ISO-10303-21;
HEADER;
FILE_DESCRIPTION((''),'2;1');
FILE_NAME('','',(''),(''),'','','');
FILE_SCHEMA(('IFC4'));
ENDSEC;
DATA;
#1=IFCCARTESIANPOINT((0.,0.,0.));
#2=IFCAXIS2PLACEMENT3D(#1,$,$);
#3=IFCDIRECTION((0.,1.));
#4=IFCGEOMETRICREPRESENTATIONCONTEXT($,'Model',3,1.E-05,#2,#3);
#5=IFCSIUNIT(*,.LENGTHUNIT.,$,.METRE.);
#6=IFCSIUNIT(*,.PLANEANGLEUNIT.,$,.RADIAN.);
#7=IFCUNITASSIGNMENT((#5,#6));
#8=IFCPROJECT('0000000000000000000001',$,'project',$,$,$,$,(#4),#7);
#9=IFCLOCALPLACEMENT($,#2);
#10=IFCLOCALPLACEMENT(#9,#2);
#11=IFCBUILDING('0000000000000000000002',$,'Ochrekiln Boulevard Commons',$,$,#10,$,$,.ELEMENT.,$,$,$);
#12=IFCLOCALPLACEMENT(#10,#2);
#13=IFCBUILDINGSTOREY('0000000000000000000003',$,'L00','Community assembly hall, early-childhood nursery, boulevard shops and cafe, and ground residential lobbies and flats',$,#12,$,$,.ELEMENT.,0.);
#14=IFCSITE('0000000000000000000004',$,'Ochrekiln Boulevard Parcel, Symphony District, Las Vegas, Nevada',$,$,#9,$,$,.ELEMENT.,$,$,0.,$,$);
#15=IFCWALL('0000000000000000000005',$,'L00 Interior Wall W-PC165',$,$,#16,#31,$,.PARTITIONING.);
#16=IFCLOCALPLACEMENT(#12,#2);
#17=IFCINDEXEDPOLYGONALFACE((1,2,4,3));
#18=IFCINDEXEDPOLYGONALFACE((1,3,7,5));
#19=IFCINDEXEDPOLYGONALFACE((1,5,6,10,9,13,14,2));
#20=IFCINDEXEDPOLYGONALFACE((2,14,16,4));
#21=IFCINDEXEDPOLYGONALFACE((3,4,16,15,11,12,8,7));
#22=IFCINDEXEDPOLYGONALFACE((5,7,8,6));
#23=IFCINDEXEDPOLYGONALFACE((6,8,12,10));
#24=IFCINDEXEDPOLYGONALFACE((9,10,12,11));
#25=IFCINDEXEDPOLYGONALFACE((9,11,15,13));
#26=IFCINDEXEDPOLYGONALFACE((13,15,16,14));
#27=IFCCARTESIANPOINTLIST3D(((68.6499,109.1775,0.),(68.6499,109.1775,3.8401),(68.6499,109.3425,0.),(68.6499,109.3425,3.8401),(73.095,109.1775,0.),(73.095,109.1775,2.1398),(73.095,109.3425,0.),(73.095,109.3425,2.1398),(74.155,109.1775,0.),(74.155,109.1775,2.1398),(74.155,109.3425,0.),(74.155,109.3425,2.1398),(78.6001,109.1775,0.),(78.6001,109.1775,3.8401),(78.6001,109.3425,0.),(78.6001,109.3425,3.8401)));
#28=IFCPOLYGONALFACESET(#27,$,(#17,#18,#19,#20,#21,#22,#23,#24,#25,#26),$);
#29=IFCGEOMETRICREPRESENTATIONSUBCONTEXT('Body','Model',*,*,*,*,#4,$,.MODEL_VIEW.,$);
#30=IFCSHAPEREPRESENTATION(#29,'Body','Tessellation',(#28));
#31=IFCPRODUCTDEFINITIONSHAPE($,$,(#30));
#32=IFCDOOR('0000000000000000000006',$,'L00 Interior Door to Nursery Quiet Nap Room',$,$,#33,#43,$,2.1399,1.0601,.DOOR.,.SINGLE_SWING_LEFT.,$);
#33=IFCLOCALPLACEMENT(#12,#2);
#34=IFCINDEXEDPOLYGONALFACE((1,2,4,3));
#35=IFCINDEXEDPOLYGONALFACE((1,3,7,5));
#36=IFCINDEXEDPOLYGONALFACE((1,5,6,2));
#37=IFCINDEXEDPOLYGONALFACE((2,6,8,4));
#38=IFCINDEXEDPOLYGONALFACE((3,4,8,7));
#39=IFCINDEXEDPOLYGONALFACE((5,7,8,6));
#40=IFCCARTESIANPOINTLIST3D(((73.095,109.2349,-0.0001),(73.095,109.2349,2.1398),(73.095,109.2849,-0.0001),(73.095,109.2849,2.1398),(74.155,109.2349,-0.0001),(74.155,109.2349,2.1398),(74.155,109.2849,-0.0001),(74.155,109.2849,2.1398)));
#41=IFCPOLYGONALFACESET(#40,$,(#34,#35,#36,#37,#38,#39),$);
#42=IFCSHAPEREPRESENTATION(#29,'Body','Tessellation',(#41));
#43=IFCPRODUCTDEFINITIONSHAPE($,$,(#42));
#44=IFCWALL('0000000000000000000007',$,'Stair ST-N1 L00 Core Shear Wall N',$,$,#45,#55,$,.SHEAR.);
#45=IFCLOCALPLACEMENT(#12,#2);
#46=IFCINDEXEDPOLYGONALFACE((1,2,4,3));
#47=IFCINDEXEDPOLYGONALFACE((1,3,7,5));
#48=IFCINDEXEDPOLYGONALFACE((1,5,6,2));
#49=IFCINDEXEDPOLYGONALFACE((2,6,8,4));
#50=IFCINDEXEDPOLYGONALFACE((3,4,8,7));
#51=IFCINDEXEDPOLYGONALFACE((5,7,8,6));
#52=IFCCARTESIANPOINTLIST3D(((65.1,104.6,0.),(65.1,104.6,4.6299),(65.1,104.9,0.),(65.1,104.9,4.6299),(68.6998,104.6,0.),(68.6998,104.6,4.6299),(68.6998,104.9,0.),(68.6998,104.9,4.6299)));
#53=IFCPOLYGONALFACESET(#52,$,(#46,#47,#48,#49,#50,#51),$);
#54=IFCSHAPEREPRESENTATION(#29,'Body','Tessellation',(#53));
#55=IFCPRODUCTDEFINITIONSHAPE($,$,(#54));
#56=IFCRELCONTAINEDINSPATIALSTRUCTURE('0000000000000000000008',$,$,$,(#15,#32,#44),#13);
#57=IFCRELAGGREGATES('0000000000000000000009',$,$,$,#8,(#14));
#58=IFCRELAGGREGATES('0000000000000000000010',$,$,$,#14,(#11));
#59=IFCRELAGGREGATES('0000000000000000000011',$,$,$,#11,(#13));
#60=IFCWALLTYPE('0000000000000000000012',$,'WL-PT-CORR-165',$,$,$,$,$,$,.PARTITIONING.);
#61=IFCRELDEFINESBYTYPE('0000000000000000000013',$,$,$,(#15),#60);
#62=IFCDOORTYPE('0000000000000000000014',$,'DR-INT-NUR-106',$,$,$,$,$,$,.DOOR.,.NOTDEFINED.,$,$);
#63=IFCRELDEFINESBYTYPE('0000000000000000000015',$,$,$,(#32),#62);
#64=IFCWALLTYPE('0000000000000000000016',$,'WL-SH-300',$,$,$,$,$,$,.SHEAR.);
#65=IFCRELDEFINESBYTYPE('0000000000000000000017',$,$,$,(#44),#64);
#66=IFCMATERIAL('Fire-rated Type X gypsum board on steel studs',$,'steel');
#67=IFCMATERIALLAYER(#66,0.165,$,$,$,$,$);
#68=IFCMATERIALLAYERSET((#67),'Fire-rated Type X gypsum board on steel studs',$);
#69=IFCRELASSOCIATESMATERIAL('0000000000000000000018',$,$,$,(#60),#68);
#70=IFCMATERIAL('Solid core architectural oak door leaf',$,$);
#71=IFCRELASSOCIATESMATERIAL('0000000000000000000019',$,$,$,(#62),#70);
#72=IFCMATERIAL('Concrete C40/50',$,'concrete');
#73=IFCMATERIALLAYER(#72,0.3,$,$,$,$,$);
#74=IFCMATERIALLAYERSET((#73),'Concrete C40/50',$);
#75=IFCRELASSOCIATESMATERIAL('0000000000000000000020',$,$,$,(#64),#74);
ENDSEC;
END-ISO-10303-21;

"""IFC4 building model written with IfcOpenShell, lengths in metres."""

from ifc_helpers import new_model, si_unit, direction, frame, frame_2d, origin, place, context, subcontext, project, spatial, rectangle, extrude, material, layer, layer_set, type_object, element, fill, save


model = new_model("IFC4")

# Units and contexts
model_context = context("Model", 3, precision=1e-05, world=origin(), true_north=direction((0.0, 1.0)))
body_context = subcontext(model_context, "Body", "Model", "MODEL_VIEW")
ifc_project = project(units=[si_unit("LENGTHUNIT", "METRE"), si_unit("PLANEANGLEUNIT", "RADIAN")], contexts=[model_context])

# Site, building, storey
site_placement = place(None, origin())
site = spatial("IfcSite", under=ifc_project, at=site_placement, Name="Ochrekiln Boulevard Parcel, Symphony District, Las Vegas, Nevada", CompositionType="ELEMENT", RefElevation=0.0)
building_placement = place(site_placement, origin())
building = spatial("IfcBuilding", under=site, at=building_placement, Name="Ochrekiln Boulevard Commons", CompositionType="ELEMENT")
storey_placement = place(building_placement, origin())
storey = spatial("IfcBuildingStorey", under=building, at=storey_placement, Name="L00", Description="Community assembly hall, early-childhood nursery, boulevard shops and cafe, and ground residential lobbies and flats", CompositionType="ELEMENT", Elevation=0.0)

# Shared definitions
ifc_material_1 = material(Name="Concrete C40/50", Category="concrete")

# Wall, opening, door
ifc_material_2 = material(Name="Fire-rated Type X gypsum board on steel studs", Category="steel")
ifc_layer_1 = layer(ifc_material_2, 0.165)
ifc_layer_set_1 = layer_set([ifc_layer_1], Name="Fire-rated Type X gypsum board on steel studs")
wall_type_1 = type_object("IfcWallType", Name="WL-PT-CORR-165", PredefinedType="PARTITIONING", material=ifc_layer_set_1)
ifc_material_3 = material(Name="Solid core architectural oak door leaf")
door_type_1 = type_object("IfcDoorType", Name="DR-INT-NUR-106", OperationType="NOTDEFINED", PredefinedType="DOOR", material=ifc_material_3)
wall_1_placement = place(storey_placement, frame((68.6499, 109.26, 0.0), z_axis=(0.0, 0.0, 1.0), x_axis=(1.0, 0.0, 0.0)))
wall_1 = element("IfcWall", 1, at=wall_1_placement, inside=storey, type_object=wall_type_1, Name="L00 Interior Wall W-PC165", PredefinedType="PARTITIONING", context=body_context, shape_type="SweptSolid", body=[
    extrude(rectangle(XDim=9.9502, YDim=0.165, at=frame_2d((4.9751, 0.0))), origin(), (0.0, 0.0, 1.0), 3.8401),
])
opening_1_placement = place(wall_1_placement, frame((4.4451, 0.0, 0.0)))
opening_1 = element("IfcOpeningElement", 2, at=opening_1_placement, cuts=wall_1, PredefinedType="OPENING", context=body_context, shape_type="SweptSolid", body=[
    extrude(rectangle(XDim=1.0601, YDim=2.1399, at=frame_2d((0.53, 1.0698))), frame((0.0, 0.0925, 0.0), z_axis=(0.0, -1.0, 0.0), x_axis=(1.0, 0.0, 0.0)), (0.0, 0.0, 1.0), 0.1851),
])
door_1_placement = place(opening_1_placement, origin())
door_1 = element("IfcDoor", 3, at=door_1_placement, inside=storey, type_object=door_type_1, Name="L00 Interior Door to Nursery Quiet Nap Room", OperationType="SINGLE_SWING_LEFT", OverallHeight=2.1399, OverallWidth=1.0601, PredefinedType="DOOR", context=body_context, shape_type="SweptSolid", body=[
    extrude(rectangle(XDim=1.0601, YDim=2.1399, at=frame_2d((0.53, 1.0698))), frame((0.0, 0.0249, 0.0), z_axis=(0.0, -1.0, 0.0), x_axis=(1.0, 0.0, 0.0)), (0.0, 0.0, 1.0), 0.05),
])
fill(opening_1, door_1)

# Wall
ifc_layer_2 = layer(ifc_material_1, 0.3)
ifc_layer_set_2 = layer_set([ifc_layer_2], Name="Concrete C40/50")
wall_type_2 = type_object("IfcWallType", Name="WL-SH-300", PredefinedType="SHEAR", material=ifc_layer_set_2)
wall_2_placement = place(storey_placement, frame((65.1001, 104.75, 0.0), z_axis=(0.0, 0.0, 1.0), x_axis=(1.0, 0.0, 0.0)))
element("IfcWall", 4, at=wall_2_placement, inside=storey, type_object=wall_type_2, Name="Stair ST-N1 L00 Core Shear Wall N", PredefinedType="SHEAR", context=body_context, shape_type="SweptSolid", body=[
    extrude(rectangle(XDim=3.5999, YDim=0.3, at=frame_2d((1.7998, 0.0))), origin(), (0.0, 0.0, 1.0), 4.6299),
])

save(model, "model.ifc")
